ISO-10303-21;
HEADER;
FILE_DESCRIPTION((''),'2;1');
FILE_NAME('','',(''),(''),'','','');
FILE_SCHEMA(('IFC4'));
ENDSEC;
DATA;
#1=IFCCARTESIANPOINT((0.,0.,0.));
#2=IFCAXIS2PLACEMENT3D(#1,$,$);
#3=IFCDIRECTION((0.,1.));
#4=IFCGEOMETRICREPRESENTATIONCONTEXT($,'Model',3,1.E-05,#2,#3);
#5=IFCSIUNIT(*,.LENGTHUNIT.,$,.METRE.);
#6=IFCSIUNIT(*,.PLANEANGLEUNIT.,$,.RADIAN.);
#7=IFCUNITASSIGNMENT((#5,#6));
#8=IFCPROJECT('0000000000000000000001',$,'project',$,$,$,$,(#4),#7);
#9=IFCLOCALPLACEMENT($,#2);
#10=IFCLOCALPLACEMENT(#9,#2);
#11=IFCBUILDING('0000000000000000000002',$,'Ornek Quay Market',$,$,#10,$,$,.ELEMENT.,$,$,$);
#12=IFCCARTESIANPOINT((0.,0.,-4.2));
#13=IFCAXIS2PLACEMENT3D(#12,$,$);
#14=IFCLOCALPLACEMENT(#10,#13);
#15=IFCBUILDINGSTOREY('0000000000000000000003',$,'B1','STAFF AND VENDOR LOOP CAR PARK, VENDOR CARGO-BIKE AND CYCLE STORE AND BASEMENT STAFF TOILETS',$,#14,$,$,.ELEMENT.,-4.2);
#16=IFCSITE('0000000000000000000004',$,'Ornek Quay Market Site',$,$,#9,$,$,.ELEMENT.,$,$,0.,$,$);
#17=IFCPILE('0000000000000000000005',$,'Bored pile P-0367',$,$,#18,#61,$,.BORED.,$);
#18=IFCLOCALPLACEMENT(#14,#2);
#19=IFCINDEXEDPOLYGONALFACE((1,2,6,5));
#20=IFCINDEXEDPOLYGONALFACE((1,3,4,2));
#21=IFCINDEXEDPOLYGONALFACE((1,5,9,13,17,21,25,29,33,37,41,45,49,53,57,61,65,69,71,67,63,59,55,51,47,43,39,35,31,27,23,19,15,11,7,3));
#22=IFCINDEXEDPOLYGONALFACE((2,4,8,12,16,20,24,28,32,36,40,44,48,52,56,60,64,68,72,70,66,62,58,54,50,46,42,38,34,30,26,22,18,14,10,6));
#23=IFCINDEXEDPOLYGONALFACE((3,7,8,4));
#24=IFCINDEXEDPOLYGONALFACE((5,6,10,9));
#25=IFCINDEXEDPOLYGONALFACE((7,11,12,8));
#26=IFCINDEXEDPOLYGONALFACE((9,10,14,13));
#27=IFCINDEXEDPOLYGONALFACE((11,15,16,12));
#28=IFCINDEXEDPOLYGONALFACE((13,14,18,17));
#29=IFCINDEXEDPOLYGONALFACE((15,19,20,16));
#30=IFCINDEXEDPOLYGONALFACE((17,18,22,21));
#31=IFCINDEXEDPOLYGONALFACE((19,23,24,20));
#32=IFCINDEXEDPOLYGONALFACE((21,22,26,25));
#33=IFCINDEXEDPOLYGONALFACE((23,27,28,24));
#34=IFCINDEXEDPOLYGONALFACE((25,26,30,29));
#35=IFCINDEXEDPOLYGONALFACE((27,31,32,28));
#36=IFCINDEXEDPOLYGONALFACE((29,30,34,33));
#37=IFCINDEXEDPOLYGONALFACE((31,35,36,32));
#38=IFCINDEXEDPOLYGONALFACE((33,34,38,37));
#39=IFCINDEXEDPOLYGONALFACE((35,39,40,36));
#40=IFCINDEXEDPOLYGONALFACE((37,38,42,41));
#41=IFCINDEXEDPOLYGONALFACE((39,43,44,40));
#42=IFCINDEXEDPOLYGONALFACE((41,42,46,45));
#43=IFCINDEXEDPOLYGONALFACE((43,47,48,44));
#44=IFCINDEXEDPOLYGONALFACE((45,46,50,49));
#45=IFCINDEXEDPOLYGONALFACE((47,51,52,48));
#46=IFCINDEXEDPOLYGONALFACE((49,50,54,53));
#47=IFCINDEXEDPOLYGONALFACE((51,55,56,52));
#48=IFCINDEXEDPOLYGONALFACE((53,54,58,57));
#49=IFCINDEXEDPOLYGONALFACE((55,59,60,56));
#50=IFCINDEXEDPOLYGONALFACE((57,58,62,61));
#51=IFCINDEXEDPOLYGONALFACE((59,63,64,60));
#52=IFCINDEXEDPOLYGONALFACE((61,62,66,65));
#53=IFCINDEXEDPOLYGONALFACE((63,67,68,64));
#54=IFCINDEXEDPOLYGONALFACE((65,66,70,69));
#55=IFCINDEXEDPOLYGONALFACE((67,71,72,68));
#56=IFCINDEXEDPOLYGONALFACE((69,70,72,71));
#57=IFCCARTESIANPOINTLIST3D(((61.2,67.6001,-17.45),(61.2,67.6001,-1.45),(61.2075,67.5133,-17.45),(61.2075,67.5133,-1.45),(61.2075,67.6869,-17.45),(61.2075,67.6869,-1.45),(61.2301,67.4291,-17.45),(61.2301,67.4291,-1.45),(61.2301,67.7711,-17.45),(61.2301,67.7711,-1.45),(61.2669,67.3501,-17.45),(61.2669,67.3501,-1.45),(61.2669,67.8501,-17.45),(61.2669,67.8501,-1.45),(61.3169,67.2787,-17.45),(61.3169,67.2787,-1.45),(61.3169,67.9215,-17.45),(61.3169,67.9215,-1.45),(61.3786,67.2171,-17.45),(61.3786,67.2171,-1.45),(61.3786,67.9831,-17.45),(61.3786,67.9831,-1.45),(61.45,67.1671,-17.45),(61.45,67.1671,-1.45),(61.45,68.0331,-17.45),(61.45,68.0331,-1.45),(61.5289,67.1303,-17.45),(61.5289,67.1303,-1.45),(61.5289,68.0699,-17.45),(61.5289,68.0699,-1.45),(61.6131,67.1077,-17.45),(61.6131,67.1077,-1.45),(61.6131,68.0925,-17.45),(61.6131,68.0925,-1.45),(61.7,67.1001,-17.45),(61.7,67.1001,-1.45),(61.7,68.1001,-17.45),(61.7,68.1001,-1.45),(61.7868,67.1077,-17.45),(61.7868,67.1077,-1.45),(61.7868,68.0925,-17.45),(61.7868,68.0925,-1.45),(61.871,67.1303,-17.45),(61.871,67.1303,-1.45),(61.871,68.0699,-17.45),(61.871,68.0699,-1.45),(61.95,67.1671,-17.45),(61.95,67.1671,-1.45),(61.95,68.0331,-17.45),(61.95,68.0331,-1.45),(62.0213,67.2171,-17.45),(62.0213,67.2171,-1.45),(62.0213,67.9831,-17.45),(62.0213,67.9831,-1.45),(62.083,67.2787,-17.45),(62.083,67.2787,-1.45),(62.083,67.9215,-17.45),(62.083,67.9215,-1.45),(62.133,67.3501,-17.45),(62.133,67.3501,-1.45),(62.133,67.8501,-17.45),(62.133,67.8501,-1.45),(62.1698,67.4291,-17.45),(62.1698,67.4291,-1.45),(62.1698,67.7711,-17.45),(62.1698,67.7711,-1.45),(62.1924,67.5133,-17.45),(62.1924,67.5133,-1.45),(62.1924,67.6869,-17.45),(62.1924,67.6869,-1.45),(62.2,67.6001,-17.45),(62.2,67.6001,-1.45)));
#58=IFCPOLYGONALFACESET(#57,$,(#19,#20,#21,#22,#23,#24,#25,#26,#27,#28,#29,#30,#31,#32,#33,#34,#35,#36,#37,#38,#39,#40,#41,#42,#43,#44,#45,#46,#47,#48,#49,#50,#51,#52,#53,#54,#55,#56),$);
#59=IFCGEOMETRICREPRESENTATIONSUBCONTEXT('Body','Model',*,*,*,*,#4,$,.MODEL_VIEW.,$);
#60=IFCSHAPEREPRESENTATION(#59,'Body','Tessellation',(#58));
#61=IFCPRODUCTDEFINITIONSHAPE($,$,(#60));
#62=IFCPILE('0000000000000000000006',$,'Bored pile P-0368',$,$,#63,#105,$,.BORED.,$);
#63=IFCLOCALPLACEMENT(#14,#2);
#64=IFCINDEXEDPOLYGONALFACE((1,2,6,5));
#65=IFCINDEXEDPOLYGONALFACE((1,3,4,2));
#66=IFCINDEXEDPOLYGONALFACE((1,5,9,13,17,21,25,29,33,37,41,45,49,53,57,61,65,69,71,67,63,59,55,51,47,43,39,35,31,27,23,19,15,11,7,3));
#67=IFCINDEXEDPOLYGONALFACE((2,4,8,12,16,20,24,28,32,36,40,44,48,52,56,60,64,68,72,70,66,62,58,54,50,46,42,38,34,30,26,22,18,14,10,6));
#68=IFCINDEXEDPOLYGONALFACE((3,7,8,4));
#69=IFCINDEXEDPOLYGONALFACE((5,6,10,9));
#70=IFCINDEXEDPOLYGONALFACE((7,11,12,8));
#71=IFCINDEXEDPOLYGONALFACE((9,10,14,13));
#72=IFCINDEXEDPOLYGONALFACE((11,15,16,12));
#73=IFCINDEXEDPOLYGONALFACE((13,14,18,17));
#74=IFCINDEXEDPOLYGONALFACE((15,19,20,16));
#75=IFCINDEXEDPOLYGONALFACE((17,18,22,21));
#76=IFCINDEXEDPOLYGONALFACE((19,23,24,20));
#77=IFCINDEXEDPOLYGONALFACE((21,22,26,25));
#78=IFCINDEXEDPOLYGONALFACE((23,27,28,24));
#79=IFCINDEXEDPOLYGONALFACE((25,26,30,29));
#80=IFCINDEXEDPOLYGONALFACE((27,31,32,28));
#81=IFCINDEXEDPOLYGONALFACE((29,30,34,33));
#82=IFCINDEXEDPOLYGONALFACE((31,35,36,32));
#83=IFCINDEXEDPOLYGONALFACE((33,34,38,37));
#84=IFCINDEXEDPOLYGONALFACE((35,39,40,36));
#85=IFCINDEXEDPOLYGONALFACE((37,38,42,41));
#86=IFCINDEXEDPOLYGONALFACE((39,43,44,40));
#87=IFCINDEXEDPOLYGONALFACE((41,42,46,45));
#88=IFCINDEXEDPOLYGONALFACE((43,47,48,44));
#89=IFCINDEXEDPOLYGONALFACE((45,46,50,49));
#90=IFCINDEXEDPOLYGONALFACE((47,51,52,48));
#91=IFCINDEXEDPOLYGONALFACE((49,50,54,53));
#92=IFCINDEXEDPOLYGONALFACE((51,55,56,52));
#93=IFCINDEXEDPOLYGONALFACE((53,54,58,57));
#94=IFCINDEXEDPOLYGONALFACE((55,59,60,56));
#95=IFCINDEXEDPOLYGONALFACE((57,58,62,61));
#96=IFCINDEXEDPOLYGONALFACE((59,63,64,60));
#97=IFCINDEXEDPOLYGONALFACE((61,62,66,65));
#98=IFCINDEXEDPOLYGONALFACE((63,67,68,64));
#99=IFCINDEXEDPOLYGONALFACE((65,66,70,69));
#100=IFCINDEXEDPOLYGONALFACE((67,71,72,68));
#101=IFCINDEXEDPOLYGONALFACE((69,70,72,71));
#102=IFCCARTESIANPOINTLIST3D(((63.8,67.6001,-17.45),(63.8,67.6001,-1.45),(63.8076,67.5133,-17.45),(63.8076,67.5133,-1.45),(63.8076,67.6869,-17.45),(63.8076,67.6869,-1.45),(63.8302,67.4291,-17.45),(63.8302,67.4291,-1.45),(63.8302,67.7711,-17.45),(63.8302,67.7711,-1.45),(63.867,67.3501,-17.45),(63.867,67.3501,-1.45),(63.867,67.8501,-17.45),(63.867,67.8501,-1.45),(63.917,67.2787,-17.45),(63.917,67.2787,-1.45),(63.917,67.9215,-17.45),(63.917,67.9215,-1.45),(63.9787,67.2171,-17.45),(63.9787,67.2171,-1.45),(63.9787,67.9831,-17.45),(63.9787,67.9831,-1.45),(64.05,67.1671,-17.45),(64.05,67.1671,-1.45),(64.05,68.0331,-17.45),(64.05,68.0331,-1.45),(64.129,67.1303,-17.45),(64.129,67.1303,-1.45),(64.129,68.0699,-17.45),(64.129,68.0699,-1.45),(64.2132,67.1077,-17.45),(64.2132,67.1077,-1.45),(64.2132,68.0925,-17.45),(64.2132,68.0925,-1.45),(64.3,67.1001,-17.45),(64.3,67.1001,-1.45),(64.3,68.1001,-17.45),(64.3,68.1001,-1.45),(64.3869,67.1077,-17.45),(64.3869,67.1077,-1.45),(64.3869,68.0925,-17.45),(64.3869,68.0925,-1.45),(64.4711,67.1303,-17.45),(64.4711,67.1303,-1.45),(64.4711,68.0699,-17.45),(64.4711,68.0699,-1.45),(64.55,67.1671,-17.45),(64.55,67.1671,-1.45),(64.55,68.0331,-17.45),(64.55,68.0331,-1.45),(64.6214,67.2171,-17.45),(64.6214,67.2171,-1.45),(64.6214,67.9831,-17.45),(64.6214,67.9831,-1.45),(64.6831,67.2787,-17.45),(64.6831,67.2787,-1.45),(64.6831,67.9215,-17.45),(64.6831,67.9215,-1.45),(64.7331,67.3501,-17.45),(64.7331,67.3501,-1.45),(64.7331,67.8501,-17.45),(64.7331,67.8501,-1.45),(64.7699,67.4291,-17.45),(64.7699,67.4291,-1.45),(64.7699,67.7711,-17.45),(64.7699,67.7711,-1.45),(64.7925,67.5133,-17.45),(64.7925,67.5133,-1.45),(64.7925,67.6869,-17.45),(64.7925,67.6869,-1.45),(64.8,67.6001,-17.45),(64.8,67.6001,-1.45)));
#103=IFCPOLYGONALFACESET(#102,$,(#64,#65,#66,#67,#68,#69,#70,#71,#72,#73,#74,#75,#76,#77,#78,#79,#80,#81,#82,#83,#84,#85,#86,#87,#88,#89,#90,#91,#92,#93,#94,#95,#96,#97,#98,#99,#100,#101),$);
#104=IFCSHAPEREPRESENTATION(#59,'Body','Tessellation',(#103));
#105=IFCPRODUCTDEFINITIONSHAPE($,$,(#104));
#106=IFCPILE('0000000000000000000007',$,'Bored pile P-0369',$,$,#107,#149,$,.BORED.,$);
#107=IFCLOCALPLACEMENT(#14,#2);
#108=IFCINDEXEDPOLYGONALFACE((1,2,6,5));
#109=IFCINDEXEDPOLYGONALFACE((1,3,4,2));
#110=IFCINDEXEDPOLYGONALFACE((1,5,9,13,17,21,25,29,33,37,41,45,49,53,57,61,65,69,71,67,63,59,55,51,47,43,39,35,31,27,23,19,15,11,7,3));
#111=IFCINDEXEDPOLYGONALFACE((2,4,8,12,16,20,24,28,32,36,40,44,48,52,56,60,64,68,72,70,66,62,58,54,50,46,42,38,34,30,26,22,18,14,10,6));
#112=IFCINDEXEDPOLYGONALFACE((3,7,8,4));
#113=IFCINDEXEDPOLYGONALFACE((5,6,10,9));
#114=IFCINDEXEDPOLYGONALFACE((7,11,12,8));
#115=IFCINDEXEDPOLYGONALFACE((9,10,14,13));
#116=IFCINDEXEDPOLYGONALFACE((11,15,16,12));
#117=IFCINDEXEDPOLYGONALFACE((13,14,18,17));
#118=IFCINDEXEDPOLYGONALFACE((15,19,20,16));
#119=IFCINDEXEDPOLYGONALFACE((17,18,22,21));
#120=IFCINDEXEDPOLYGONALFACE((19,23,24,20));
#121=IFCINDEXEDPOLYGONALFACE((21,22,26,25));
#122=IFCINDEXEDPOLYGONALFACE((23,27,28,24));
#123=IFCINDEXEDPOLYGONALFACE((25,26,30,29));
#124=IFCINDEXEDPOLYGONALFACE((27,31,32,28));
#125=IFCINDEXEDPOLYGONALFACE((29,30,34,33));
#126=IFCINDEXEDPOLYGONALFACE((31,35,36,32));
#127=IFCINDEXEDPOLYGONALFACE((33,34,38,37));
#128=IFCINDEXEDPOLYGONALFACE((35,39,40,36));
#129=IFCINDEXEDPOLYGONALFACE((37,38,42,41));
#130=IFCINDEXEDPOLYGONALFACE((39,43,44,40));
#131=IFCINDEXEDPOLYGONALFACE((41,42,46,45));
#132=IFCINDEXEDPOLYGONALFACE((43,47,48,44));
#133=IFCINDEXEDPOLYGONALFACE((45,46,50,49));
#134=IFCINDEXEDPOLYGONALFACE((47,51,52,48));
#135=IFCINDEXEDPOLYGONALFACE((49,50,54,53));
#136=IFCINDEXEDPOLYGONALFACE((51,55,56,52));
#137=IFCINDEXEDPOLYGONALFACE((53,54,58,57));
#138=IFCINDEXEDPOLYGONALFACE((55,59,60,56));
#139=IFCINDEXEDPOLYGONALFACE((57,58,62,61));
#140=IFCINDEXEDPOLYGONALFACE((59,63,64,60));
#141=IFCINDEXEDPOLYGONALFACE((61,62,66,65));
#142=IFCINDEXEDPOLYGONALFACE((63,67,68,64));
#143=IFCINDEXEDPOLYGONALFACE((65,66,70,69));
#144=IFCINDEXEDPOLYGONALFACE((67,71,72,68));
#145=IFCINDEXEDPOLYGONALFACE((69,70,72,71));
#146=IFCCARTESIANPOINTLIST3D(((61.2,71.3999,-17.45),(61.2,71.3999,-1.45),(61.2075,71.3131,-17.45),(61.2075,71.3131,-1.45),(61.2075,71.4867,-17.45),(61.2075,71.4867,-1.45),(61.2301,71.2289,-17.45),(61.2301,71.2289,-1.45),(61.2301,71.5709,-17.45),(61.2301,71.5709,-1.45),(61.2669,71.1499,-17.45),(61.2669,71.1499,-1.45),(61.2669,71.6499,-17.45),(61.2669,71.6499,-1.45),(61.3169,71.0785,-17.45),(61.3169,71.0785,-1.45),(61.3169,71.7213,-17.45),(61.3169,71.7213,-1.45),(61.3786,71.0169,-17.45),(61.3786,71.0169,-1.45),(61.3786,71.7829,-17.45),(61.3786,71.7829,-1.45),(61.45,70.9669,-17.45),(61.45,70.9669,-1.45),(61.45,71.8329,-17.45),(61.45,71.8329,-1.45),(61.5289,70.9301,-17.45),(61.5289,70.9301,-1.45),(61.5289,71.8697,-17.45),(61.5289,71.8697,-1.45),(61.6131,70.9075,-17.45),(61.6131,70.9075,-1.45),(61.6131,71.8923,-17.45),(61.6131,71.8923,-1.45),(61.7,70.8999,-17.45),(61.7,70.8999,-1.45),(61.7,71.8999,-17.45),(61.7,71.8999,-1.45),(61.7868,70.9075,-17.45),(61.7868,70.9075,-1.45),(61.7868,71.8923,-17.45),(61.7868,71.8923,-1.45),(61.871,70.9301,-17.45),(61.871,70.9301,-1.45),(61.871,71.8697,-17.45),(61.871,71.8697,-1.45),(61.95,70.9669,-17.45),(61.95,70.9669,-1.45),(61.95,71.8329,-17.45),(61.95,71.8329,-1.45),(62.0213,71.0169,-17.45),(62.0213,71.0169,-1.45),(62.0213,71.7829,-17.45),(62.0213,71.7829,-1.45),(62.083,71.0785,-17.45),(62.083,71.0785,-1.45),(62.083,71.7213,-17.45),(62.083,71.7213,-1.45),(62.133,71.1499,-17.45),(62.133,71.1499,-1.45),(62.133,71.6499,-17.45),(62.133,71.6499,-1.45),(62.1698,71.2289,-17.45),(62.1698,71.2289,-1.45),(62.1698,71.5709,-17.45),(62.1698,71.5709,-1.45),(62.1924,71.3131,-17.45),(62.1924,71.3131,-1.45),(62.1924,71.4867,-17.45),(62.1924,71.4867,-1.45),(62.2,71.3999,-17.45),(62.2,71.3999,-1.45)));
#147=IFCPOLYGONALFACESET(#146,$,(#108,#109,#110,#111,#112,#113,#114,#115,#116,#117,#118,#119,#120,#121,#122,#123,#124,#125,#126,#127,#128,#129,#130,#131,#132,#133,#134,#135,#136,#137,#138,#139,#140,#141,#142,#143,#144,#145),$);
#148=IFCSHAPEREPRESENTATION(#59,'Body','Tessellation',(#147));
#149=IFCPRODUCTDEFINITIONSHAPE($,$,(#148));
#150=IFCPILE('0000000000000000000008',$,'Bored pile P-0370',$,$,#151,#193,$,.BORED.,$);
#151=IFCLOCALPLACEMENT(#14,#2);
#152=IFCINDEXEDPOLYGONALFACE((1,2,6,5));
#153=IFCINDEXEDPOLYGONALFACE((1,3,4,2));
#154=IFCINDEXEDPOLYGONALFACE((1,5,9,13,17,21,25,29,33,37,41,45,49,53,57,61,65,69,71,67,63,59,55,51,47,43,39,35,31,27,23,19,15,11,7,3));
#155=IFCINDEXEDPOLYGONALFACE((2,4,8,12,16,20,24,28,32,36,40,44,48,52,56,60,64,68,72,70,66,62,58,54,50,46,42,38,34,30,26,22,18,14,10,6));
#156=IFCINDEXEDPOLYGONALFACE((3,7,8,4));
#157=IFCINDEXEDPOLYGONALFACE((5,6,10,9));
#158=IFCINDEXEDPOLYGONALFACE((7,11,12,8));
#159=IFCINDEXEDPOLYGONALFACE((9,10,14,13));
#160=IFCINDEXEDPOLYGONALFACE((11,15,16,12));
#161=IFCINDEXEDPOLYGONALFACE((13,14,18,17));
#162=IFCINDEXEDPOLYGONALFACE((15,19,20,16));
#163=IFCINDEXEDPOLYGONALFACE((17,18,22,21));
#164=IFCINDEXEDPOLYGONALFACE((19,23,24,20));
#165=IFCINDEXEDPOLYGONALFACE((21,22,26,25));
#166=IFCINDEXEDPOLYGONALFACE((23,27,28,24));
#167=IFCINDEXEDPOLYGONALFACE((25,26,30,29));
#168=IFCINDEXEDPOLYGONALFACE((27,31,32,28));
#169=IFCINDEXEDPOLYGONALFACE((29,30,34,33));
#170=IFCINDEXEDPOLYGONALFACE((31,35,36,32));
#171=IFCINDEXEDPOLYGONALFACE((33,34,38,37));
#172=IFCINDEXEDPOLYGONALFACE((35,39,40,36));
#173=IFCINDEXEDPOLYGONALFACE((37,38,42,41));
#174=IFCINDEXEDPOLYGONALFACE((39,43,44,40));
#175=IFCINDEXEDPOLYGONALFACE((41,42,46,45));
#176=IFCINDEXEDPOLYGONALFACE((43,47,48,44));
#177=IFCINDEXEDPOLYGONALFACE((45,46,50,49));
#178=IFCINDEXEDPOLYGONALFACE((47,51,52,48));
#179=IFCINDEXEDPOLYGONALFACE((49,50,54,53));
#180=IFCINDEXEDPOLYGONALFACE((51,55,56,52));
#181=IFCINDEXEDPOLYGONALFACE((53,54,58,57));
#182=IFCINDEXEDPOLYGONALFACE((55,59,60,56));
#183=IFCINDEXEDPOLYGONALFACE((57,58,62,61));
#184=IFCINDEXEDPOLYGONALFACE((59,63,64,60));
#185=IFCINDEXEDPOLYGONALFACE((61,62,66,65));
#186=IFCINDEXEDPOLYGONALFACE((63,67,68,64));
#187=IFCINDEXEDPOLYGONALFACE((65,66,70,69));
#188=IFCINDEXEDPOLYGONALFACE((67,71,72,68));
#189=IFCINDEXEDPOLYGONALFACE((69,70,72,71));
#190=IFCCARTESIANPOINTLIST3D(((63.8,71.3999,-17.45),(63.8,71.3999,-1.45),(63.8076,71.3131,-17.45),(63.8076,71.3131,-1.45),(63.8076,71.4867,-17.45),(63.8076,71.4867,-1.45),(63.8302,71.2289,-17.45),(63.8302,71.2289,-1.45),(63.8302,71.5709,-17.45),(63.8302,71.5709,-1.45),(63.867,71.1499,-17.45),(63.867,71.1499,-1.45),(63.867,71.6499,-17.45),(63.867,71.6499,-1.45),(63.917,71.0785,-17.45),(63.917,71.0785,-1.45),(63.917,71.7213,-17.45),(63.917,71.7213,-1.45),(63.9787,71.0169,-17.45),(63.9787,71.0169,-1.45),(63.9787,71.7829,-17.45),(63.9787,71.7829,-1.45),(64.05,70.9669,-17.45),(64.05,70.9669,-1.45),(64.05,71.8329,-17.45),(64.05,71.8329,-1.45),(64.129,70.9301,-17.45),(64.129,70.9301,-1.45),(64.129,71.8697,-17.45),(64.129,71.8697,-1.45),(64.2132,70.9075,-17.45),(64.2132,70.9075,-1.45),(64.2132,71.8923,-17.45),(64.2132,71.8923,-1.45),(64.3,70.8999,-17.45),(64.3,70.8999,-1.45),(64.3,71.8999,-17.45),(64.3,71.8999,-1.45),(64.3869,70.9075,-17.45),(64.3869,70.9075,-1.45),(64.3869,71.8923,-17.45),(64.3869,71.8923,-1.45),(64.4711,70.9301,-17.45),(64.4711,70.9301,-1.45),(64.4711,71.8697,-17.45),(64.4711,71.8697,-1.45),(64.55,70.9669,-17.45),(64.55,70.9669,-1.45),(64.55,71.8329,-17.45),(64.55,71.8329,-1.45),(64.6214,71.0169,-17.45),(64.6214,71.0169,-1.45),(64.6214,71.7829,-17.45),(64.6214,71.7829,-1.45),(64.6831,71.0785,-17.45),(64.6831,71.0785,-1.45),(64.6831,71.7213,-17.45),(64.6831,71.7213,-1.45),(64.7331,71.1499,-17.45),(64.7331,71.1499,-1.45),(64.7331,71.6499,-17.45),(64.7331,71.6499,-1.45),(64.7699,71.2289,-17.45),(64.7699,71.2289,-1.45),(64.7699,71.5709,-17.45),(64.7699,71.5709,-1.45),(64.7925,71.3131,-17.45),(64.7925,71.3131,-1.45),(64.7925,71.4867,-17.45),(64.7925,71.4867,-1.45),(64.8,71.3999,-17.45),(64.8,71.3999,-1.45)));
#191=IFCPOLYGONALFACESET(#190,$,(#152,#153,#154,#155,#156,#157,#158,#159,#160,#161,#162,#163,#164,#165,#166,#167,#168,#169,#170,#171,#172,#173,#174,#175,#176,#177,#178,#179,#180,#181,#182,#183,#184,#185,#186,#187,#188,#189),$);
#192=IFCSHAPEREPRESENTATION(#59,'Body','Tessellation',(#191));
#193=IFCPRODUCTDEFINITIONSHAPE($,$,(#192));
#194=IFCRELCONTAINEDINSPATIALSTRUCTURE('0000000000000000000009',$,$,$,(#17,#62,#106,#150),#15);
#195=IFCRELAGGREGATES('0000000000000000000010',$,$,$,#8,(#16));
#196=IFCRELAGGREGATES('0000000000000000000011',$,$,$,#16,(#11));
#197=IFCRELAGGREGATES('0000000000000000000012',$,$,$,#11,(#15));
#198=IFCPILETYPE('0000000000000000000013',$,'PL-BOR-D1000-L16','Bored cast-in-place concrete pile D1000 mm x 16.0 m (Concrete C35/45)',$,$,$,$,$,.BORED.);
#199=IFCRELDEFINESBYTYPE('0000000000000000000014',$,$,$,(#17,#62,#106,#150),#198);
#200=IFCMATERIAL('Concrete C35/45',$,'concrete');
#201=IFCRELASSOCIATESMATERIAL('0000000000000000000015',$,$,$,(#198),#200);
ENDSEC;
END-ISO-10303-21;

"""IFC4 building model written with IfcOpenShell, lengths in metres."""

from ifc_helpers import new_model, si_unit, direction, frame, origin, origin_2d, place, context, subcontext, project, spatial, circle, extrude, material, material_profile, profile_set, type_object, element, save


model = new_model("IFC4")

# Units and contexts
model_context = context("Model", 3, precision=1e-05, world=origin(), true_north=direction((0.0, 1.0)))
body_context = subcontext(model_context, "Body", "Model", "MODEL_VIEW")
ifc_project = project(units=[si_unit("LENGTHUNIT", "METRE"), si_unit("PLANEANGLEUNIT", "RADIAN")], contexts=[model_context])

# Site, building, storey
site_placement = place(None, origin())
site = spatial("IfcSite", under=ifc_project, at=site_placement, Name="Ornek Quay Market Site", CompositionType="ELEMENT", RefElevation=0.0)
building_placement = place(site_placement, origin())
building = spatial("IfcBuilding", under=site, at=building_placement, Name="Ornek Quay Market", CompositionType="ELEMENT")
storey_placement = place(building_placement, frame((0.0, 0.0, -4.2)))
storey = spatial("IfcBuildingStorey", under=building, at=storey_placement, Name="B1", Description="STAFF AND VENDOR LOOP CAR PARK, VENDOR CARGO-BIKE AND CYCLE STORE AND BASEMENT STAFF TOILETS", CompositionType="ELEMENT", Elevation=-4.2)

# Piles
ifc_material_1 = material(Name="Concrete C35/45", Category="concrete")
ifc_material_profile_1 = material_profile(ifc_material_1, circle(Radius=0.5, at=origin_2d()), Name="PILE D1000", Category="concrete")
ifc_profile_set_1 = profile_set([ifc_material_profile_1], Name="Concrete C35/45")
pile_type_1 = type_object("IfcPileType", Name="PL-BOR-D1000-L16", Description="Bored cast-in-place concrete pile D1000 mm x 16.0 m (Concrete C35/45)", PredefinedType="BORED", material=ifc_profile_set_1)
for number, where, z_axis, x_axis, name in (
    (1, (61.7, 67.6001, -1.45), (0.0, 0.0, -1.0), (1.0, 0.0, 0.0), "Bored pile P-0367"),
    (2, (64.3, 67.6001, -1.45), (0.0, 0.0, -1.0), (1.0, 0.0, 0.0), "Bored pile P-0368"),
    (3, (61.7, 71.3999, -1.45), (0.0, 0.0, -1.0), (1.0, 0.0, 0.0), "Bored pile P-0369"),
    (4, (64.3, 71.3999, -1.45), (0.0, 0.0, -1.0), (1.0, 0.0, 0.0), "Bored pile P-0370"),
):
    element("IfcPile", number, at=place(storey_placement, frame(where, z_axis=z_axis, x_axis=x_axis)), inside=storey, type_object=pile_type_1, Name=name, PredefinedType="BORED", context=body_context, shape_type="SweptSolid", body=[
        extrude(circle(Radius=0.5, at=origin_2d()), origin(), (0.0, 0.0, 1.0), 16.0),
    ])

save(model, "model.ifc")
